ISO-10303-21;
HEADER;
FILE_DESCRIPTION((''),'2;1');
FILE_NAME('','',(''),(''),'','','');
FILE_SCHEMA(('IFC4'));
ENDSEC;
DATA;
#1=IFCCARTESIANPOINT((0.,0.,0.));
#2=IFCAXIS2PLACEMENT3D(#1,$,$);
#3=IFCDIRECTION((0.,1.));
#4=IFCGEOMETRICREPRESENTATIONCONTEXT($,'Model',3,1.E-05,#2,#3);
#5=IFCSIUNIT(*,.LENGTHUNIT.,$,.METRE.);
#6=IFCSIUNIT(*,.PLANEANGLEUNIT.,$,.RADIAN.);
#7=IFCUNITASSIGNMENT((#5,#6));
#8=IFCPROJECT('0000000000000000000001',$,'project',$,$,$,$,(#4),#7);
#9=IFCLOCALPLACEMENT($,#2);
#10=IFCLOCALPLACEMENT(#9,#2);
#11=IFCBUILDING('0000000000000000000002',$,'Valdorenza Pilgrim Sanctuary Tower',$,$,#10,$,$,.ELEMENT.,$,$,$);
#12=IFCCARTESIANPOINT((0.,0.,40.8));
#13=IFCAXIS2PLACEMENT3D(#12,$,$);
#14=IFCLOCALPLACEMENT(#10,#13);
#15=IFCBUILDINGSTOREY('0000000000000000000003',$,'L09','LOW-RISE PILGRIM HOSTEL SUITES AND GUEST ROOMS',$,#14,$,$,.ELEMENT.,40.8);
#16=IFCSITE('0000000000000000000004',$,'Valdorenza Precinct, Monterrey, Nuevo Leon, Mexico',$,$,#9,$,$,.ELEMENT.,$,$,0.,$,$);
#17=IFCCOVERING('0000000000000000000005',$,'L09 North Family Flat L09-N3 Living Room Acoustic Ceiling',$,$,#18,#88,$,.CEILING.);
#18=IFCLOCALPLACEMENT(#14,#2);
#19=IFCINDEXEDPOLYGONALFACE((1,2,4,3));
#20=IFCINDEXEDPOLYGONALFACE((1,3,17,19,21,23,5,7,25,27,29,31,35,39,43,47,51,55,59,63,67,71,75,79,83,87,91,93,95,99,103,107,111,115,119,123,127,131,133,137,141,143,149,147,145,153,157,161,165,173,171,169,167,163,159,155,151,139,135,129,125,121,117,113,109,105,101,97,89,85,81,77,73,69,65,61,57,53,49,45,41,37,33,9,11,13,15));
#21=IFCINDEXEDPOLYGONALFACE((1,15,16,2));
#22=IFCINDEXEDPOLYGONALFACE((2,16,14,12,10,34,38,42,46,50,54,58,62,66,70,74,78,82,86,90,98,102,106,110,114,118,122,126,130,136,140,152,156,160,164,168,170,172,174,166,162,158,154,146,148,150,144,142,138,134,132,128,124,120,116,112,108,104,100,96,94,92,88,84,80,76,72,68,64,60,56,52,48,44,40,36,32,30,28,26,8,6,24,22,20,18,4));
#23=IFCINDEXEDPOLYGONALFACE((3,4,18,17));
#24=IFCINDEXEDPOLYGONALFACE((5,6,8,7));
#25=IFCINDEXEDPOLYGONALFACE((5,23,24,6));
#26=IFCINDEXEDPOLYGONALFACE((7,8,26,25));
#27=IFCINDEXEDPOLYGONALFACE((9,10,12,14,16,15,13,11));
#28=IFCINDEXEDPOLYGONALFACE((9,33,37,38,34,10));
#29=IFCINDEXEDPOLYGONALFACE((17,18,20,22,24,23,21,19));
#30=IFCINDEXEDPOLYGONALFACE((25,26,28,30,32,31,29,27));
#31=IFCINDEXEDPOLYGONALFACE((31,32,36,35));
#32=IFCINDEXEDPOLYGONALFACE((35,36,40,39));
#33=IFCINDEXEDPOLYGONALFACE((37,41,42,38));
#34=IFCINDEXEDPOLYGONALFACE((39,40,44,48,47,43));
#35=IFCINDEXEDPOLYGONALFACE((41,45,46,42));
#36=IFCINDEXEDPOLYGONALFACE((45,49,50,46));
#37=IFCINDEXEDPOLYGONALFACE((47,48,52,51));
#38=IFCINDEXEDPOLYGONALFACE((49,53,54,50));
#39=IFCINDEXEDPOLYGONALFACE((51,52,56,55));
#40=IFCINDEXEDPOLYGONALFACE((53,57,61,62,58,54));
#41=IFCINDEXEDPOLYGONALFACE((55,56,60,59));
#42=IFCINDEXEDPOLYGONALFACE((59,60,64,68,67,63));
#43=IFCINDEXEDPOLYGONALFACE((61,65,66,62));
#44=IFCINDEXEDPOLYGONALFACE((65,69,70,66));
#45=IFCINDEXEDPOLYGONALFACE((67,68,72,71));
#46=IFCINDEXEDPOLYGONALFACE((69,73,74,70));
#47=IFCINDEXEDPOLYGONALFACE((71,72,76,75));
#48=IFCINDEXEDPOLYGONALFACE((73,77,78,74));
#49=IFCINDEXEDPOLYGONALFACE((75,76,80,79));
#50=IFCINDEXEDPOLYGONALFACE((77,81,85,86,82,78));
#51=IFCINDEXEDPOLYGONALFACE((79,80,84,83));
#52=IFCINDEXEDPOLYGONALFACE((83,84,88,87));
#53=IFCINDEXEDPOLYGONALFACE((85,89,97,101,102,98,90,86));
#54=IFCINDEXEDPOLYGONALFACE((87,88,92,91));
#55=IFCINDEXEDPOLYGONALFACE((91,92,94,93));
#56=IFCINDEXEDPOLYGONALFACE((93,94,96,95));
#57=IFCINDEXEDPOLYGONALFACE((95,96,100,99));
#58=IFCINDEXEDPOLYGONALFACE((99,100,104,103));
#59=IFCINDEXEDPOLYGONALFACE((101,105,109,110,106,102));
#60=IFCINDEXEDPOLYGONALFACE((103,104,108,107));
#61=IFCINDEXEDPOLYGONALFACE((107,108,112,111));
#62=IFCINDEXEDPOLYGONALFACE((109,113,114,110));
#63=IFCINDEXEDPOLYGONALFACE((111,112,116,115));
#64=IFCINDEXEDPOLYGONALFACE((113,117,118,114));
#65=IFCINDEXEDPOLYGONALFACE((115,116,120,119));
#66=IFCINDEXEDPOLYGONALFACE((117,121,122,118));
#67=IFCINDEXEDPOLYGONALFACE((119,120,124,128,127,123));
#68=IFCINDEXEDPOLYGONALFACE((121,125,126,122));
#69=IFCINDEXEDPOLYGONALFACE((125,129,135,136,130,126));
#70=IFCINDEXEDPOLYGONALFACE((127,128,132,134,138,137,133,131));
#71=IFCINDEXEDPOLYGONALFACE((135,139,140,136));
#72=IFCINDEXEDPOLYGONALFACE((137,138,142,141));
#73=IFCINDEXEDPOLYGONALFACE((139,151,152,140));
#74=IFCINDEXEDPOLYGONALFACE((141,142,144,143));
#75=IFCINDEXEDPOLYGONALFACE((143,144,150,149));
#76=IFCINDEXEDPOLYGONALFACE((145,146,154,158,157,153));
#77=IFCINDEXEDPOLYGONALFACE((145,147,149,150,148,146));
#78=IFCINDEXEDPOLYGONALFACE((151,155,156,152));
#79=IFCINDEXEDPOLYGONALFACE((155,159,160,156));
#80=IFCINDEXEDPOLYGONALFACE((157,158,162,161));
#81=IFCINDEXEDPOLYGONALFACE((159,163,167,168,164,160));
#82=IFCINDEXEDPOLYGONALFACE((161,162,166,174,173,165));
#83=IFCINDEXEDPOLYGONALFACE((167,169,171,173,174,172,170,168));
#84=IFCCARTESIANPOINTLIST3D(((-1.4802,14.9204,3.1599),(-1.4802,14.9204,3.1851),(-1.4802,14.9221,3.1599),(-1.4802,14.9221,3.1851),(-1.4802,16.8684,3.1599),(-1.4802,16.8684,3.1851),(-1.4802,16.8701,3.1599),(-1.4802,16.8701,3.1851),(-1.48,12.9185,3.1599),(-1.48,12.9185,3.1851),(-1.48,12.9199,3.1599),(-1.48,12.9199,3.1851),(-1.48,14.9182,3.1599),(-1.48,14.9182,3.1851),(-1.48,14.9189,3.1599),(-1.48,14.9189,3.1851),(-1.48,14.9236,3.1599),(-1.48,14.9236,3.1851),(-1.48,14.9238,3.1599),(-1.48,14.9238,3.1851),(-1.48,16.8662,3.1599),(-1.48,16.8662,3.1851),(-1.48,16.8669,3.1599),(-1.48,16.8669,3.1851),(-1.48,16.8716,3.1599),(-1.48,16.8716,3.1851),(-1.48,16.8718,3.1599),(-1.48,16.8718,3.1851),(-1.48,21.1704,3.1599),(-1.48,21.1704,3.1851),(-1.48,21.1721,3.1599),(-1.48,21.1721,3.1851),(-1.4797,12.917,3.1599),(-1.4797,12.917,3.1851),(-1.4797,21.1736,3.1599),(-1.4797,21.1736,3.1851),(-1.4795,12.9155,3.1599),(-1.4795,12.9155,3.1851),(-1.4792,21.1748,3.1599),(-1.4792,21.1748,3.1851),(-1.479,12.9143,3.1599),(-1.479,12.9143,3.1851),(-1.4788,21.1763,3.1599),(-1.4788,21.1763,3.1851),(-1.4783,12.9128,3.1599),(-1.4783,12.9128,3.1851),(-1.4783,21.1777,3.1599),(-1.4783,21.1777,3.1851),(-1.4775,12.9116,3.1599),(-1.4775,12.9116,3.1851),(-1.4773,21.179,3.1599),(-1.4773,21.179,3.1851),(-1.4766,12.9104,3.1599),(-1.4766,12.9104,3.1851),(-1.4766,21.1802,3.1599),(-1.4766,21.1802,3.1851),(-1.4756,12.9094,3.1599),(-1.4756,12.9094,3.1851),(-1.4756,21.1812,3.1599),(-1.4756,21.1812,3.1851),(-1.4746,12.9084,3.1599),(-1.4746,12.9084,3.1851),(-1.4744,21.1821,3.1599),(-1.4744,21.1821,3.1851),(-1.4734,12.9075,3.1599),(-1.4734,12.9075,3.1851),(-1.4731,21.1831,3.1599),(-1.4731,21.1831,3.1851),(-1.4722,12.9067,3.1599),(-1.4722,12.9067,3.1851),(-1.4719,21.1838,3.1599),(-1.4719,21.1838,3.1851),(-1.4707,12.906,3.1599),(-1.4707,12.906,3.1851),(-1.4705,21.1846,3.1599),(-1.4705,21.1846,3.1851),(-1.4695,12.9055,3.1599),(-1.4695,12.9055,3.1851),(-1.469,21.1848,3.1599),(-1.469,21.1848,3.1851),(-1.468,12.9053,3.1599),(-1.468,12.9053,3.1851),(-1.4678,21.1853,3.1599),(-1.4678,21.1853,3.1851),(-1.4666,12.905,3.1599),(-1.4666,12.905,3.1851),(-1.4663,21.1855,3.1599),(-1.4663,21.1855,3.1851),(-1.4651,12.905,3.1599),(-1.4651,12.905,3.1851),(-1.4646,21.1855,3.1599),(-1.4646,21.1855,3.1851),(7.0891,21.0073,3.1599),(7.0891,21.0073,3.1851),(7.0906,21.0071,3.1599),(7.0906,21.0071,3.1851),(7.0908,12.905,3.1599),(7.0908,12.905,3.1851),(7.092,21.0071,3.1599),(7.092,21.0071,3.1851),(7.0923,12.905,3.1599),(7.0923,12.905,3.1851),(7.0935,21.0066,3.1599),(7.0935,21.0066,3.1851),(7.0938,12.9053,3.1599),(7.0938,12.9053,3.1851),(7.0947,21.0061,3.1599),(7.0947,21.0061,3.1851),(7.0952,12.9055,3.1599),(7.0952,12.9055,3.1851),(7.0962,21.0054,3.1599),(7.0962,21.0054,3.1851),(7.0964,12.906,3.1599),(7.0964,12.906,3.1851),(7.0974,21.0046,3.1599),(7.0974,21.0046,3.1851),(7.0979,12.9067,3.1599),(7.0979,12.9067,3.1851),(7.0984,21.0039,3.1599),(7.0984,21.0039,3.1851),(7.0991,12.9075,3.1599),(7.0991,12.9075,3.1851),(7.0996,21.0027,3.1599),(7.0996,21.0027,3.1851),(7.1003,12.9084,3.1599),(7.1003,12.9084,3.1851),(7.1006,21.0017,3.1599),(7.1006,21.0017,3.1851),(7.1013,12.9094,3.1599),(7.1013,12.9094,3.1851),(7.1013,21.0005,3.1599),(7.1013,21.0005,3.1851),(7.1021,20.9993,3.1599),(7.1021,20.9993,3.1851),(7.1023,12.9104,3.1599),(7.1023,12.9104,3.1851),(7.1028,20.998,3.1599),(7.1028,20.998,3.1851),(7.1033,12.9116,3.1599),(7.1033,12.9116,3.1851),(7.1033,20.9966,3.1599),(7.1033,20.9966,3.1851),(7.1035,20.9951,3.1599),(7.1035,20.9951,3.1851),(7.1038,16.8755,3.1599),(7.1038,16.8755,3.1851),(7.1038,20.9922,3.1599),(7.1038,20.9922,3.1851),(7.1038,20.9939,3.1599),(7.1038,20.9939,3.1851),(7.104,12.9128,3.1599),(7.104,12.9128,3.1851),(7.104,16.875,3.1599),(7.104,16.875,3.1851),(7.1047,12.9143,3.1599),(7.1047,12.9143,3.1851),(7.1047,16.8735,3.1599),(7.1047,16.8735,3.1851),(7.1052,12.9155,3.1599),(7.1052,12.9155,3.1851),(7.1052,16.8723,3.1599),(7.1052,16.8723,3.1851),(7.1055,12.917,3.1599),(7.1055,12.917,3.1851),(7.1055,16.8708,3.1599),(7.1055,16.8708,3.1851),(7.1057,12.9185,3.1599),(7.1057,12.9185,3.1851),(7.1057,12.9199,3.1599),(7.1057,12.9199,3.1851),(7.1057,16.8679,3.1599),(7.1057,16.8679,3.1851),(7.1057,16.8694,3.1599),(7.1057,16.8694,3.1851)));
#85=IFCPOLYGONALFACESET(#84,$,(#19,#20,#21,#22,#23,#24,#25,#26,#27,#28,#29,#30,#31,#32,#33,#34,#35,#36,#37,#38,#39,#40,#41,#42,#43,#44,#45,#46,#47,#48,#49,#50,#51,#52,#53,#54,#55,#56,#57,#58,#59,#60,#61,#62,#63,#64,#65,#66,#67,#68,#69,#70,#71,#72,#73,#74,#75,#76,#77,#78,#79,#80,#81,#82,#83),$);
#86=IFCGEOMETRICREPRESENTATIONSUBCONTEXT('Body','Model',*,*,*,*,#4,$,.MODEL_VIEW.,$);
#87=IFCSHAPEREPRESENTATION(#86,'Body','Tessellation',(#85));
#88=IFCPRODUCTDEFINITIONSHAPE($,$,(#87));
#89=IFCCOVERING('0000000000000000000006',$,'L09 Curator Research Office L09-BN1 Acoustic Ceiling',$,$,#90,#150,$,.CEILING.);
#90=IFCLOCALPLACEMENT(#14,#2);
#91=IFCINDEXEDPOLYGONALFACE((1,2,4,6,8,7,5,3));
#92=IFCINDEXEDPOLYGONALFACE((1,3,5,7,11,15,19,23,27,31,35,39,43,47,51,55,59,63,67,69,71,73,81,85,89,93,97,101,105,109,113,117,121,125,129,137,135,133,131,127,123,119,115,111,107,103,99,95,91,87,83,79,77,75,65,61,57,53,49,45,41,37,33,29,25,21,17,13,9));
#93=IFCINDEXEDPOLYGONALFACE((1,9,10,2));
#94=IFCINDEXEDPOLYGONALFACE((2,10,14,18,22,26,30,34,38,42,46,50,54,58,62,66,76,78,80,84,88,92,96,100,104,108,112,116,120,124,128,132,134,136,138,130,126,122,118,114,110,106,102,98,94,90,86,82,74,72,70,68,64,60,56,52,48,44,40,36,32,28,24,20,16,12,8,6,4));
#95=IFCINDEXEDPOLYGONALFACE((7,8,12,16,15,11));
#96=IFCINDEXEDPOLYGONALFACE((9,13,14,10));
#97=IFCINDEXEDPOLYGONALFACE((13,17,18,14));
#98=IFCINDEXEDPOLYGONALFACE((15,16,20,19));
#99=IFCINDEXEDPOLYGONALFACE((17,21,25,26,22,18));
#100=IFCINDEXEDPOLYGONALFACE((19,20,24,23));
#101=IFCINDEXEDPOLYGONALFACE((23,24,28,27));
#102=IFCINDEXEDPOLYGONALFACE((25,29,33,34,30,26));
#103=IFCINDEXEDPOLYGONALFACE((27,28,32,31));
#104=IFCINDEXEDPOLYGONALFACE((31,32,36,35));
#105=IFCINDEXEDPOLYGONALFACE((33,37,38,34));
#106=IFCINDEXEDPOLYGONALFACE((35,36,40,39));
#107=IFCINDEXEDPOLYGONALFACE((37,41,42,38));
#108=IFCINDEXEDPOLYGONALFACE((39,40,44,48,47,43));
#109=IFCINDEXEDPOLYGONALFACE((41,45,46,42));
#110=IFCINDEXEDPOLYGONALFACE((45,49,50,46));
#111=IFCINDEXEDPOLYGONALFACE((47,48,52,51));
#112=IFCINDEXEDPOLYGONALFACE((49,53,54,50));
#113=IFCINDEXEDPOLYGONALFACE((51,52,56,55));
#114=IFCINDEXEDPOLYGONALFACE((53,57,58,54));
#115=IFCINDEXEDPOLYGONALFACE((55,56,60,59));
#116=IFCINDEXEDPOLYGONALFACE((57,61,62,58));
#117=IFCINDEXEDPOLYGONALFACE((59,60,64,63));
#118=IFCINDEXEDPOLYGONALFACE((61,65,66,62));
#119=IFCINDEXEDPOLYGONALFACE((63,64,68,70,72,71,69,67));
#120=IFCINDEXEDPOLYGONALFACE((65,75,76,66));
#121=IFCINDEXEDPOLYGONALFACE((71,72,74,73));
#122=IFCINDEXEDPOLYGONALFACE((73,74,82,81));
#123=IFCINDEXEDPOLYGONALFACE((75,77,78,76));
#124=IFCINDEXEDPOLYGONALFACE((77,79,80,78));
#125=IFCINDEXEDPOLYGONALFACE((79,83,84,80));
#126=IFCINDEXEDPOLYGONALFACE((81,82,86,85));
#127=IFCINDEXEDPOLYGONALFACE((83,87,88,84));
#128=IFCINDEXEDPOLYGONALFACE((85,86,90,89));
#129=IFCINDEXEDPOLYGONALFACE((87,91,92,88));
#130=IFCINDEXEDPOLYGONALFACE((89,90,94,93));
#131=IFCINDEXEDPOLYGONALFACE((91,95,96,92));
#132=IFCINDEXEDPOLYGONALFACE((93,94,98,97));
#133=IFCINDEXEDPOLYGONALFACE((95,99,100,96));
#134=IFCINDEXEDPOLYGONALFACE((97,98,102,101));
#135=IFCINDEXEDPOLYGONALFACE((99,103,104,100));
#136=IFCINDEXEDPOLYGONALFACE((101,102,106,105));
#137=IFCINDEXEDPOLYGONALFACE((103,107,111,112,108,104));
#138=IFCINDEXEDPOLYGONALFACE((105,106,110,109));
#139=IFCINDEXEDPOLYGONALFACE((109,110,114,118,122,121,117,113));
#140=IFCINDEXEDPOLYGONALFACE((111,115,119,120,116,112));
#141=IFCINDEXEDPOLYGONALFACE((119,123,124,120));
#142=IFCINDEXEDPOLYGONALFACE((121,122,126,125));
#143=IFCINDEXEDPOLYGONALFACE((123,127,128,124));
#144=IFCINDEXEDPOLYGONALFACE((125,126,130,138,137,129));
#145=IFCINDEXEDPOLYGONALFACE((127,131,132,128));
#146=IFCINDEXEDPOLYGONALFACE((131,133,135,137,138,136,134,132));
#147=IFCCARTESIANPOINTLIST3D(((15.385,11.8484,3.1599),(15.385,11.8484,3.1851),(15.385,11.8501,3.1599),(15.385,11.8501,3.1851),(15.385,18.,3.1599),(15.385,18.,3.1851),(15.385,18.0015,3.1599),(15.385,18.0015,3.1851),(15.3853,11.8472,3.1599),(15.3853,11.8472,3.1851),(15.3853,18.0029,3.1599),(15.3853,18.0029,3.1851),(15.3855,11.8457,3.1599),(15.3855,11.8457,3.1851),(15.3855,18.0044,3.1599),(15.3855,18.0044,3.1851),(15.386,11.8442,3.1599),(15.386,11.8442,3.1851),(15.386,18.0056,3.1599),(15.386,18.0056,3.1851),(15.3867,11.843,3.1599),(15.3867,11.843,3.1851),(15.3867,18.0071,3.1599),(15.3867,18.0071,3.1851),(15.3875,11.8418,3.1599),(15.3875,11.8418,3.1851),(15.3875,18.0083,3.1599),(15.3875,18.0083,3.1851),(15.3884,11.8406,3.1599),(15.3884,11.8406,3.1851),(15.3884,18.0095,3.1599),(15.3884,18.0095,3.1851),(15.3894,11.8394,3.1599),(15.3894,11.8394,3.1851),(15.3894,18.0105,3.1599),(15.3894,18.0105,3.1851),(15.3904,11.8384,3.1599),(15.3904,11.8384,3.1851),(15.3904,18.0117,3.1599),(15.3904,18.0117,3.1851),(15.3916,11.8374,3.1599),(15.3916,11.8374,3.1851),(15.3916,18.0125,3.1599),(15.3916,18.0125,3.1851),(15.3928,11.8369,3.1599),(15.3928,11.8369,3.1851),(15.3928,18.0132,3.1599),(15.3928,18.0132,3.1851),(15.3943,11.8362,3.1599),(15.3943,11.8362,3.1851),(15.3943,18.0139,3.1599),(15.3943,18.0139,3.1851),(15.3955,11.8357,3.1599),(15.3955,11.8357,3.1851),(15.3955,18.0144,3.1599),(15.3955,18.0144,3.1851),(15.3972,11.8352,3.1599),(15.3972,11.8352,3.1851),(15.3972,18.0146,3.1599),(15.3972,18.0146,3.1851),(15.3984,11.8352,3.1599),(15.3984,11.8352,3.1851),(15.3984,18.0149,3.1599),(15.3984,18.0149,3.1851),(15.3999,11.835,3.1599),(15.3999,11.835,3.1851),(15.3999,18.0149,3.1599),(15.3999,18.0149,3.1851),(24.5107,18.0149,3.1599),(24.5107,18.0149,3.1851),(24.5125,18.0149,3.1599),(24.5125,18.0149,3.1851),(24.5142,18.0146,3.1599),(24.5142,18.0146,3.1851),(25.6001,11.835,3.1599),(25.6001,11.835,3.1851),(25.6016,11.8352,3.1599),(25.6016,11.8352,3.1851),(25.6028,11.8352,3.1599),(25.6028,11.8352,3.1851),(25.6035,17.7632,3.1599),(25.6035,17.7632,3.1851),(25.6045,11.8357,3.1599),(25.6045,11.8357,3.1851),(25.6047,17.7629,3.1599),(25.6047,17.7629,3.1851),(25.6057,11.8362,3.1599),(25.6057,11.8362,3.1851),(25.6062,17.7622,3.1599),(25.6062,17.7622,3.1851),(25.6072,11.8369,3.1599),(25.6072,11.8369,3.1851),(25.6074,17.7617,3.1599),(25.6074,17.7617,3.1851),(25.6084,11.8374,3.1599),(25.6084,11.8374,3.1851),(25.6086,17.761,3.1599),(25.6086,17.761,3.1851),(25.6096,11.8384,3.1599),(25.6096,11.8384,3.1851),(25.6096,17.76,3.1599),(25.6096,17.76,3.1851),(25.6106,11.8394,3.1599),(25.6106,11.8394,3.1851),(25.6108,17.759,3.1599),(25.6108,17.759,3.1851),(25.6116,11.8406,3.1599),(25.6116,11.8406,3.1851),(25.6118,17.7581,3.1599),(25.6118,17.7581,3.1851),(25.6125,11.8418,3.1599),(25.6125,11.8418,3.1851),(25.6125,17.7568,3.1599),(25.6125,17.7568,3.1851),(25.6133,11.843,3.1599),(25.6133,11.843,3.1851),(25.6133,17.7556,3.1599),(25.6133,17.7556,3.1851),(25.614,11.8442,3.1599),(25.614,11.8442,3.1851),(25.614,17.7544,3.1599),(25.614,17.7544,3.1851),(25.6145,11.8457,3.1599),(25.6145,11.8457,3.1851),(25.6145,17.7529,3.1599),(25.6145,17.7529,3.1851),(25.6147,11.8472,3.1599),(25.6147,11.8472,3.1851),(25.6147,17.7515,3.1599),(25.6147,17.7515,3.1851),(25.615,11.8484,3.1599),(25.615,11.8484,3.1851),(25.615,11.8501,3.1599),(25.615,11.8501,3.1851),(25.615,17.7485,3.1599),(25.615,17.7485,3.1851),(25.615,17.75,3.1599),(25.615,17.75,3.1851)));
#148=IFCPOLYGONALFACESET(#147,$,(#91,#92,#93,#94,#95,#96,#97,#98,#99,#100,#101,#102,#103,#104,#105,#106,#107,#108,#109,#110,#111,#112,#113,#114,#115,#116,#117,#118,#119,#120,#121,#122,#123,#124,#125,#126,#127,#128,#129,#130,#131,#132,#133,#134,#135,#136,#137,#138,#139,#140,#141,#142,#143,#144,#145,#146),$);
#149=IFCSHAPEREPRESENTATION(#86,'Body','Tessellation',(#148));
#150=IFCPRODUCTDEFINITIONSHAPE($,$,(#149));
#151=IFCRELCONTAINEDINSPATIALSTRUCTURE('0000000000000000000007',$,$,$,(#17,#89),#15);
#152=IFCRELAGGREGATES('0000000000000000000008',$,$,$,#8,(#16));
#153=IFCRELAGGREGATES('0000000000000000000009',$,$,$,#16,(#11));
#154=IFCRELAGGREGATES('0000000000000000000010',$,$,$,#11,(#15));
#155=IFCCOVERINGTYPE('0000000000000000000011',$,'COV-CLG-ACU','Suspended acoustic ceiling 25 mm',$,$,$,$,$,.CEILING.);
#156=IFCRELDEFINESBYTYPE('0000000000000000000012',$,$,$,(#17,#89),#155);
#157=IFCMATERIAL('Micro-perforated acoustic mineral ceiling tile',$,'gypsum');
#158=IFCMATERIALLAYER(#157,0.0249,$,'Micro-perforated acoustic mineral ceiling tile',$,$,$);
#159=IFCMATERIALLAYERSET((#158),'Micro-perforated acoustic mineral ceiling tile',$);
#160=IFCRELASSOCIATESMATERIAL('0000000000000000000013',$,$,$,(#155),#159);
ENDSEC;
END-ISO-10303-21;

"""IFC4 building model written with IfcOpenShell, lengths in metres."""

from ifc_helpers import new_model, si_unit, direction, frame, origin, place, context, subcontext, project, spatial, polyline, outline, extrude, material, layer, layer_set, type_object, element, save


model = new_model("IFC4")

# Units and contexts
model_context = context("Model", 3, precision=1e-05, world=origin(), true_north=direction((0.0, 1.0)))
body_context = subcontext(model_context, "Body", "Model", "MODEL_VIEW")
ifc_project = project(units=[si_unit("LENGTHUNIT", "METRE"), si_unit("PLANEANGLEUNIT", "RADIAN")], contexts=[model_context])

# Site, building, storey
site_placement = place(None, origin())
site = spatial("IfcSite", under=ifc_project, at=site_placement, Name="Valdorenza Precinct, Monterrey, Nuevo Leon, Mexico", CompositionType="ELEMENT", RefElevation=0.0)
building_placement = place(site_placement, origin())
building = spatial("IfcBuilding", under=site, at=building_placement, Name="Valdorenza Pilgrim Sanctuary Tower", CompositionType="ELEMENT")
storey_placement = place(building_placement, frame((0.0, 0.0, 40.8)))
storey = spatial("IfcBuildingStorey", under=building, at=storey_placement, Name="L09", Description="LOW-RISE PILGRIM HOSTEL SUITES AND GUEST ROOMS", CompositionType="ELEMENT", Elevation=40.8)

# Coverings
ifc_material_1 = material(Name="Micro-perforated acoustic mineral ceiling tile", Category="gypsum")
ifc_layer_1 = layer(ifc_material_1, 0.0249, Name="Micro-perforated acoustic mineral ceiling tile")
ifc_layer_set_1 = layer_set([ifc_layer_1], Name="Micro-perforated acoustic mineral ceiling tile")
covering_type_1 = type_object("IfcCoveringType", Name="COV-CLG-ACU", Description="Suspended acoustic ceiling 25 mm", PredefinedType="CEILING", material=ifc_layer_set_1)
covering_1_placement = place(storey_placement, frame((0.0, 0.0, 3.1599)))
element("IfcCovering", 1, at=covering_1_placement, inside=storey, type_object=covering_type_1, Name="L09 North Family Flat L09-N3 Living Room Acoustic Ceiling", PredefinedType="CEILING", context=body_context, shape_type="SweptSolid", body=[
    extrude(outline(polyline([(-1.48, 14.9182), (-1.48, 14.9189), (-1.4802, 14.9204), (-1.4802, 14.9221), (-1.48, 14.9236), (-1.48, 14.9238), (-1.48, 16.8662), (-1.48, 16.8669), (-1.4802, 16.8684), (-1.4802, 16.8701), (-1.48, 16.8716), (-1.48, 16.8718), (-1.48, 21.1704), (-1.48, 21.1721), (-1.4797, 21.1736), (-1.4792, 21.1748), (-1.4788, 21.1763), (-1.4783, 21.1777), (-1.4773, 21.179), (-1.4766, 21.1802), (-1.4756, 21.1812), (-1.4744, 21.1821), (-1.4731, 21.1831), (-1.4719, 21.1838), (-1.4705, 21.1846), (-1.469, 21.1848), (-1.4678, 21.1853), (-1.4663, 21.1855), (-1.4646, 21.1855), (7.0891, 21.0073), (7.0906, 21.0071), (7.092, 21.0071), (7.0935, 21.0066), (7.0947, 21.0061), (7.0962, 21.0054), (7.0974, 21.0046), (7.0984, 21.0039), (7.0996, 21.0027), (7.1006, 21.0017), (7.1013, 21.0005), (7.1021, 20.9993), (7.1028, 20.998), (7.1033, 20.9966), (7.1035, 20.9951), (7.1038, 20.9939), (7.1038, 20.9922), (7.1038, 16.8755), (7.104, 16.875), (7.1047, 16.8735), (7.1052, 16.8723), (7.1055, 16.8708), (7.1057, 16.8694), (7.1057, 16.8679), (7.1057, 12.9199), (7.1057, 12.9185), (7.1055, 12.917), (7.1052, 12.9155), (7.1047, 12.9143), (7.104, 12.9128), (7.1033, 12.9116), (7.1023, 12.9104), (7.1013, 12.9094), (7.1003, 12.9084), (7.0991, 12.9075), (7.0979, 12.9067), (7.0964, 12.906), (7.0952, 12.9055), (7.0938, 12.9053), (7.0923, 12.905), (7.0908, 12.905), (-1.4651, 12.905), (-1.4666, 12.905), (-1.468, 12.9053), (-1.4695, 12.9055), (-1.4707, 12.906), (-1.4722, 12.9067), (-1.4734, 12.9075), (-1.4746, 12.9084), (-1.4756, 12.9094), (-1.4766, 12.9104), (-1.4775, 12.9116), (-1.4783, 12.9128), (-1.479, 12.9143), (-1.4795, 12.9155), (-1.4797, 12.917), (-1.48, 12.9185), (-1.48, 12.9199), (-1.48, 14.9182)])), origin(), (0.0, 0.0, 1.0), 0.0251),
])
covering_2_placement = place(storey_placement, frame((0.0, 0.0, 3.1599)))
element("IfcCovering", 2, at=covering_2_placement, inside=storey, type_object=covering_type_1, Name="L09 Curator Research Office L09-BN1 Acoustic Ceiling", PredefinedType="CEILING", context=body_context, shape_type="SweptSolid", body=[
    extrude(outline(polyline([(15.3999, 11.835), (15.3984, 11.8352), (15.3972, 11.8352), (15.3955, 11.8357), (15.3943, 11.8362), (15.3928, 11.8369), (15.3916, 11.8374), (15.3904, 11.8384), (15.3894, 11.8394), (15.3884, 11.8406), (15.3875, 11.8418), (15.3867, 11.843), (15.386, 11.8442), (15.3855, 11.8457), (15.3853, 11.8472), (15.385, 11.8484), (15.385, 11.8501), (15.385, 18.0), (15.385, 18.0015), (15.3853, 18.0029), (15.3855, 18.0044), (15.386, 18.0056), (15.3867, 18.0071), (15.3875, 18.0083), (15.3884, 18.0095), (15.3894, 18.0105), (15.3904, 18.0117), (15.3916, 18.0125), (15.3928, 18.0132), (15.3943, 18.0139), (15.3955, 18.0144), (15.3972, 18.0146), (15.3984, 18.0149), (15.3999, 18.0149), (24.5107, 18.0149), (24.5125, 18.0149), (24.5142, 18.0146), (25.6035, 17.7632), (25.6047, 17.7629), (25.6062, 17.7622), (25.6074, 17.7617), (25.6086, 17.761), (25.6096, 17.76), (25.6108, 17.759), (25.6118, 17.7581), (25.6125, 17.7568), (25.6133, 17.7556), (25.614, 17.7544), (25.6145, 17.7529), (25.6147, 17.7515), (25.615, 17.75), (25.615, 17.7485), (25.615, 11.8501), (25.615, 11.8484), (25.6147, 11.8472), (25.6145, 11.8457), (25.614, 11.8442), (25.6133, 11.843), (25.6125, 11.8418), (25.6116, 11.8406), (25.6106, 11.8394), (25.6096, 11.8384), (25.6084, 11.8374), (25.6072, 11.8369), (25.6057, 11.8362), (25.6045, 11.8357), (25.6028, 11.8352), (25.6016, 11.8352), (25.6001, 11.835), (15.3999, 11.835)])), origin(), (0.0, 0.0, 1.0), 0.0251),
])

save(model, "model.ifc")
